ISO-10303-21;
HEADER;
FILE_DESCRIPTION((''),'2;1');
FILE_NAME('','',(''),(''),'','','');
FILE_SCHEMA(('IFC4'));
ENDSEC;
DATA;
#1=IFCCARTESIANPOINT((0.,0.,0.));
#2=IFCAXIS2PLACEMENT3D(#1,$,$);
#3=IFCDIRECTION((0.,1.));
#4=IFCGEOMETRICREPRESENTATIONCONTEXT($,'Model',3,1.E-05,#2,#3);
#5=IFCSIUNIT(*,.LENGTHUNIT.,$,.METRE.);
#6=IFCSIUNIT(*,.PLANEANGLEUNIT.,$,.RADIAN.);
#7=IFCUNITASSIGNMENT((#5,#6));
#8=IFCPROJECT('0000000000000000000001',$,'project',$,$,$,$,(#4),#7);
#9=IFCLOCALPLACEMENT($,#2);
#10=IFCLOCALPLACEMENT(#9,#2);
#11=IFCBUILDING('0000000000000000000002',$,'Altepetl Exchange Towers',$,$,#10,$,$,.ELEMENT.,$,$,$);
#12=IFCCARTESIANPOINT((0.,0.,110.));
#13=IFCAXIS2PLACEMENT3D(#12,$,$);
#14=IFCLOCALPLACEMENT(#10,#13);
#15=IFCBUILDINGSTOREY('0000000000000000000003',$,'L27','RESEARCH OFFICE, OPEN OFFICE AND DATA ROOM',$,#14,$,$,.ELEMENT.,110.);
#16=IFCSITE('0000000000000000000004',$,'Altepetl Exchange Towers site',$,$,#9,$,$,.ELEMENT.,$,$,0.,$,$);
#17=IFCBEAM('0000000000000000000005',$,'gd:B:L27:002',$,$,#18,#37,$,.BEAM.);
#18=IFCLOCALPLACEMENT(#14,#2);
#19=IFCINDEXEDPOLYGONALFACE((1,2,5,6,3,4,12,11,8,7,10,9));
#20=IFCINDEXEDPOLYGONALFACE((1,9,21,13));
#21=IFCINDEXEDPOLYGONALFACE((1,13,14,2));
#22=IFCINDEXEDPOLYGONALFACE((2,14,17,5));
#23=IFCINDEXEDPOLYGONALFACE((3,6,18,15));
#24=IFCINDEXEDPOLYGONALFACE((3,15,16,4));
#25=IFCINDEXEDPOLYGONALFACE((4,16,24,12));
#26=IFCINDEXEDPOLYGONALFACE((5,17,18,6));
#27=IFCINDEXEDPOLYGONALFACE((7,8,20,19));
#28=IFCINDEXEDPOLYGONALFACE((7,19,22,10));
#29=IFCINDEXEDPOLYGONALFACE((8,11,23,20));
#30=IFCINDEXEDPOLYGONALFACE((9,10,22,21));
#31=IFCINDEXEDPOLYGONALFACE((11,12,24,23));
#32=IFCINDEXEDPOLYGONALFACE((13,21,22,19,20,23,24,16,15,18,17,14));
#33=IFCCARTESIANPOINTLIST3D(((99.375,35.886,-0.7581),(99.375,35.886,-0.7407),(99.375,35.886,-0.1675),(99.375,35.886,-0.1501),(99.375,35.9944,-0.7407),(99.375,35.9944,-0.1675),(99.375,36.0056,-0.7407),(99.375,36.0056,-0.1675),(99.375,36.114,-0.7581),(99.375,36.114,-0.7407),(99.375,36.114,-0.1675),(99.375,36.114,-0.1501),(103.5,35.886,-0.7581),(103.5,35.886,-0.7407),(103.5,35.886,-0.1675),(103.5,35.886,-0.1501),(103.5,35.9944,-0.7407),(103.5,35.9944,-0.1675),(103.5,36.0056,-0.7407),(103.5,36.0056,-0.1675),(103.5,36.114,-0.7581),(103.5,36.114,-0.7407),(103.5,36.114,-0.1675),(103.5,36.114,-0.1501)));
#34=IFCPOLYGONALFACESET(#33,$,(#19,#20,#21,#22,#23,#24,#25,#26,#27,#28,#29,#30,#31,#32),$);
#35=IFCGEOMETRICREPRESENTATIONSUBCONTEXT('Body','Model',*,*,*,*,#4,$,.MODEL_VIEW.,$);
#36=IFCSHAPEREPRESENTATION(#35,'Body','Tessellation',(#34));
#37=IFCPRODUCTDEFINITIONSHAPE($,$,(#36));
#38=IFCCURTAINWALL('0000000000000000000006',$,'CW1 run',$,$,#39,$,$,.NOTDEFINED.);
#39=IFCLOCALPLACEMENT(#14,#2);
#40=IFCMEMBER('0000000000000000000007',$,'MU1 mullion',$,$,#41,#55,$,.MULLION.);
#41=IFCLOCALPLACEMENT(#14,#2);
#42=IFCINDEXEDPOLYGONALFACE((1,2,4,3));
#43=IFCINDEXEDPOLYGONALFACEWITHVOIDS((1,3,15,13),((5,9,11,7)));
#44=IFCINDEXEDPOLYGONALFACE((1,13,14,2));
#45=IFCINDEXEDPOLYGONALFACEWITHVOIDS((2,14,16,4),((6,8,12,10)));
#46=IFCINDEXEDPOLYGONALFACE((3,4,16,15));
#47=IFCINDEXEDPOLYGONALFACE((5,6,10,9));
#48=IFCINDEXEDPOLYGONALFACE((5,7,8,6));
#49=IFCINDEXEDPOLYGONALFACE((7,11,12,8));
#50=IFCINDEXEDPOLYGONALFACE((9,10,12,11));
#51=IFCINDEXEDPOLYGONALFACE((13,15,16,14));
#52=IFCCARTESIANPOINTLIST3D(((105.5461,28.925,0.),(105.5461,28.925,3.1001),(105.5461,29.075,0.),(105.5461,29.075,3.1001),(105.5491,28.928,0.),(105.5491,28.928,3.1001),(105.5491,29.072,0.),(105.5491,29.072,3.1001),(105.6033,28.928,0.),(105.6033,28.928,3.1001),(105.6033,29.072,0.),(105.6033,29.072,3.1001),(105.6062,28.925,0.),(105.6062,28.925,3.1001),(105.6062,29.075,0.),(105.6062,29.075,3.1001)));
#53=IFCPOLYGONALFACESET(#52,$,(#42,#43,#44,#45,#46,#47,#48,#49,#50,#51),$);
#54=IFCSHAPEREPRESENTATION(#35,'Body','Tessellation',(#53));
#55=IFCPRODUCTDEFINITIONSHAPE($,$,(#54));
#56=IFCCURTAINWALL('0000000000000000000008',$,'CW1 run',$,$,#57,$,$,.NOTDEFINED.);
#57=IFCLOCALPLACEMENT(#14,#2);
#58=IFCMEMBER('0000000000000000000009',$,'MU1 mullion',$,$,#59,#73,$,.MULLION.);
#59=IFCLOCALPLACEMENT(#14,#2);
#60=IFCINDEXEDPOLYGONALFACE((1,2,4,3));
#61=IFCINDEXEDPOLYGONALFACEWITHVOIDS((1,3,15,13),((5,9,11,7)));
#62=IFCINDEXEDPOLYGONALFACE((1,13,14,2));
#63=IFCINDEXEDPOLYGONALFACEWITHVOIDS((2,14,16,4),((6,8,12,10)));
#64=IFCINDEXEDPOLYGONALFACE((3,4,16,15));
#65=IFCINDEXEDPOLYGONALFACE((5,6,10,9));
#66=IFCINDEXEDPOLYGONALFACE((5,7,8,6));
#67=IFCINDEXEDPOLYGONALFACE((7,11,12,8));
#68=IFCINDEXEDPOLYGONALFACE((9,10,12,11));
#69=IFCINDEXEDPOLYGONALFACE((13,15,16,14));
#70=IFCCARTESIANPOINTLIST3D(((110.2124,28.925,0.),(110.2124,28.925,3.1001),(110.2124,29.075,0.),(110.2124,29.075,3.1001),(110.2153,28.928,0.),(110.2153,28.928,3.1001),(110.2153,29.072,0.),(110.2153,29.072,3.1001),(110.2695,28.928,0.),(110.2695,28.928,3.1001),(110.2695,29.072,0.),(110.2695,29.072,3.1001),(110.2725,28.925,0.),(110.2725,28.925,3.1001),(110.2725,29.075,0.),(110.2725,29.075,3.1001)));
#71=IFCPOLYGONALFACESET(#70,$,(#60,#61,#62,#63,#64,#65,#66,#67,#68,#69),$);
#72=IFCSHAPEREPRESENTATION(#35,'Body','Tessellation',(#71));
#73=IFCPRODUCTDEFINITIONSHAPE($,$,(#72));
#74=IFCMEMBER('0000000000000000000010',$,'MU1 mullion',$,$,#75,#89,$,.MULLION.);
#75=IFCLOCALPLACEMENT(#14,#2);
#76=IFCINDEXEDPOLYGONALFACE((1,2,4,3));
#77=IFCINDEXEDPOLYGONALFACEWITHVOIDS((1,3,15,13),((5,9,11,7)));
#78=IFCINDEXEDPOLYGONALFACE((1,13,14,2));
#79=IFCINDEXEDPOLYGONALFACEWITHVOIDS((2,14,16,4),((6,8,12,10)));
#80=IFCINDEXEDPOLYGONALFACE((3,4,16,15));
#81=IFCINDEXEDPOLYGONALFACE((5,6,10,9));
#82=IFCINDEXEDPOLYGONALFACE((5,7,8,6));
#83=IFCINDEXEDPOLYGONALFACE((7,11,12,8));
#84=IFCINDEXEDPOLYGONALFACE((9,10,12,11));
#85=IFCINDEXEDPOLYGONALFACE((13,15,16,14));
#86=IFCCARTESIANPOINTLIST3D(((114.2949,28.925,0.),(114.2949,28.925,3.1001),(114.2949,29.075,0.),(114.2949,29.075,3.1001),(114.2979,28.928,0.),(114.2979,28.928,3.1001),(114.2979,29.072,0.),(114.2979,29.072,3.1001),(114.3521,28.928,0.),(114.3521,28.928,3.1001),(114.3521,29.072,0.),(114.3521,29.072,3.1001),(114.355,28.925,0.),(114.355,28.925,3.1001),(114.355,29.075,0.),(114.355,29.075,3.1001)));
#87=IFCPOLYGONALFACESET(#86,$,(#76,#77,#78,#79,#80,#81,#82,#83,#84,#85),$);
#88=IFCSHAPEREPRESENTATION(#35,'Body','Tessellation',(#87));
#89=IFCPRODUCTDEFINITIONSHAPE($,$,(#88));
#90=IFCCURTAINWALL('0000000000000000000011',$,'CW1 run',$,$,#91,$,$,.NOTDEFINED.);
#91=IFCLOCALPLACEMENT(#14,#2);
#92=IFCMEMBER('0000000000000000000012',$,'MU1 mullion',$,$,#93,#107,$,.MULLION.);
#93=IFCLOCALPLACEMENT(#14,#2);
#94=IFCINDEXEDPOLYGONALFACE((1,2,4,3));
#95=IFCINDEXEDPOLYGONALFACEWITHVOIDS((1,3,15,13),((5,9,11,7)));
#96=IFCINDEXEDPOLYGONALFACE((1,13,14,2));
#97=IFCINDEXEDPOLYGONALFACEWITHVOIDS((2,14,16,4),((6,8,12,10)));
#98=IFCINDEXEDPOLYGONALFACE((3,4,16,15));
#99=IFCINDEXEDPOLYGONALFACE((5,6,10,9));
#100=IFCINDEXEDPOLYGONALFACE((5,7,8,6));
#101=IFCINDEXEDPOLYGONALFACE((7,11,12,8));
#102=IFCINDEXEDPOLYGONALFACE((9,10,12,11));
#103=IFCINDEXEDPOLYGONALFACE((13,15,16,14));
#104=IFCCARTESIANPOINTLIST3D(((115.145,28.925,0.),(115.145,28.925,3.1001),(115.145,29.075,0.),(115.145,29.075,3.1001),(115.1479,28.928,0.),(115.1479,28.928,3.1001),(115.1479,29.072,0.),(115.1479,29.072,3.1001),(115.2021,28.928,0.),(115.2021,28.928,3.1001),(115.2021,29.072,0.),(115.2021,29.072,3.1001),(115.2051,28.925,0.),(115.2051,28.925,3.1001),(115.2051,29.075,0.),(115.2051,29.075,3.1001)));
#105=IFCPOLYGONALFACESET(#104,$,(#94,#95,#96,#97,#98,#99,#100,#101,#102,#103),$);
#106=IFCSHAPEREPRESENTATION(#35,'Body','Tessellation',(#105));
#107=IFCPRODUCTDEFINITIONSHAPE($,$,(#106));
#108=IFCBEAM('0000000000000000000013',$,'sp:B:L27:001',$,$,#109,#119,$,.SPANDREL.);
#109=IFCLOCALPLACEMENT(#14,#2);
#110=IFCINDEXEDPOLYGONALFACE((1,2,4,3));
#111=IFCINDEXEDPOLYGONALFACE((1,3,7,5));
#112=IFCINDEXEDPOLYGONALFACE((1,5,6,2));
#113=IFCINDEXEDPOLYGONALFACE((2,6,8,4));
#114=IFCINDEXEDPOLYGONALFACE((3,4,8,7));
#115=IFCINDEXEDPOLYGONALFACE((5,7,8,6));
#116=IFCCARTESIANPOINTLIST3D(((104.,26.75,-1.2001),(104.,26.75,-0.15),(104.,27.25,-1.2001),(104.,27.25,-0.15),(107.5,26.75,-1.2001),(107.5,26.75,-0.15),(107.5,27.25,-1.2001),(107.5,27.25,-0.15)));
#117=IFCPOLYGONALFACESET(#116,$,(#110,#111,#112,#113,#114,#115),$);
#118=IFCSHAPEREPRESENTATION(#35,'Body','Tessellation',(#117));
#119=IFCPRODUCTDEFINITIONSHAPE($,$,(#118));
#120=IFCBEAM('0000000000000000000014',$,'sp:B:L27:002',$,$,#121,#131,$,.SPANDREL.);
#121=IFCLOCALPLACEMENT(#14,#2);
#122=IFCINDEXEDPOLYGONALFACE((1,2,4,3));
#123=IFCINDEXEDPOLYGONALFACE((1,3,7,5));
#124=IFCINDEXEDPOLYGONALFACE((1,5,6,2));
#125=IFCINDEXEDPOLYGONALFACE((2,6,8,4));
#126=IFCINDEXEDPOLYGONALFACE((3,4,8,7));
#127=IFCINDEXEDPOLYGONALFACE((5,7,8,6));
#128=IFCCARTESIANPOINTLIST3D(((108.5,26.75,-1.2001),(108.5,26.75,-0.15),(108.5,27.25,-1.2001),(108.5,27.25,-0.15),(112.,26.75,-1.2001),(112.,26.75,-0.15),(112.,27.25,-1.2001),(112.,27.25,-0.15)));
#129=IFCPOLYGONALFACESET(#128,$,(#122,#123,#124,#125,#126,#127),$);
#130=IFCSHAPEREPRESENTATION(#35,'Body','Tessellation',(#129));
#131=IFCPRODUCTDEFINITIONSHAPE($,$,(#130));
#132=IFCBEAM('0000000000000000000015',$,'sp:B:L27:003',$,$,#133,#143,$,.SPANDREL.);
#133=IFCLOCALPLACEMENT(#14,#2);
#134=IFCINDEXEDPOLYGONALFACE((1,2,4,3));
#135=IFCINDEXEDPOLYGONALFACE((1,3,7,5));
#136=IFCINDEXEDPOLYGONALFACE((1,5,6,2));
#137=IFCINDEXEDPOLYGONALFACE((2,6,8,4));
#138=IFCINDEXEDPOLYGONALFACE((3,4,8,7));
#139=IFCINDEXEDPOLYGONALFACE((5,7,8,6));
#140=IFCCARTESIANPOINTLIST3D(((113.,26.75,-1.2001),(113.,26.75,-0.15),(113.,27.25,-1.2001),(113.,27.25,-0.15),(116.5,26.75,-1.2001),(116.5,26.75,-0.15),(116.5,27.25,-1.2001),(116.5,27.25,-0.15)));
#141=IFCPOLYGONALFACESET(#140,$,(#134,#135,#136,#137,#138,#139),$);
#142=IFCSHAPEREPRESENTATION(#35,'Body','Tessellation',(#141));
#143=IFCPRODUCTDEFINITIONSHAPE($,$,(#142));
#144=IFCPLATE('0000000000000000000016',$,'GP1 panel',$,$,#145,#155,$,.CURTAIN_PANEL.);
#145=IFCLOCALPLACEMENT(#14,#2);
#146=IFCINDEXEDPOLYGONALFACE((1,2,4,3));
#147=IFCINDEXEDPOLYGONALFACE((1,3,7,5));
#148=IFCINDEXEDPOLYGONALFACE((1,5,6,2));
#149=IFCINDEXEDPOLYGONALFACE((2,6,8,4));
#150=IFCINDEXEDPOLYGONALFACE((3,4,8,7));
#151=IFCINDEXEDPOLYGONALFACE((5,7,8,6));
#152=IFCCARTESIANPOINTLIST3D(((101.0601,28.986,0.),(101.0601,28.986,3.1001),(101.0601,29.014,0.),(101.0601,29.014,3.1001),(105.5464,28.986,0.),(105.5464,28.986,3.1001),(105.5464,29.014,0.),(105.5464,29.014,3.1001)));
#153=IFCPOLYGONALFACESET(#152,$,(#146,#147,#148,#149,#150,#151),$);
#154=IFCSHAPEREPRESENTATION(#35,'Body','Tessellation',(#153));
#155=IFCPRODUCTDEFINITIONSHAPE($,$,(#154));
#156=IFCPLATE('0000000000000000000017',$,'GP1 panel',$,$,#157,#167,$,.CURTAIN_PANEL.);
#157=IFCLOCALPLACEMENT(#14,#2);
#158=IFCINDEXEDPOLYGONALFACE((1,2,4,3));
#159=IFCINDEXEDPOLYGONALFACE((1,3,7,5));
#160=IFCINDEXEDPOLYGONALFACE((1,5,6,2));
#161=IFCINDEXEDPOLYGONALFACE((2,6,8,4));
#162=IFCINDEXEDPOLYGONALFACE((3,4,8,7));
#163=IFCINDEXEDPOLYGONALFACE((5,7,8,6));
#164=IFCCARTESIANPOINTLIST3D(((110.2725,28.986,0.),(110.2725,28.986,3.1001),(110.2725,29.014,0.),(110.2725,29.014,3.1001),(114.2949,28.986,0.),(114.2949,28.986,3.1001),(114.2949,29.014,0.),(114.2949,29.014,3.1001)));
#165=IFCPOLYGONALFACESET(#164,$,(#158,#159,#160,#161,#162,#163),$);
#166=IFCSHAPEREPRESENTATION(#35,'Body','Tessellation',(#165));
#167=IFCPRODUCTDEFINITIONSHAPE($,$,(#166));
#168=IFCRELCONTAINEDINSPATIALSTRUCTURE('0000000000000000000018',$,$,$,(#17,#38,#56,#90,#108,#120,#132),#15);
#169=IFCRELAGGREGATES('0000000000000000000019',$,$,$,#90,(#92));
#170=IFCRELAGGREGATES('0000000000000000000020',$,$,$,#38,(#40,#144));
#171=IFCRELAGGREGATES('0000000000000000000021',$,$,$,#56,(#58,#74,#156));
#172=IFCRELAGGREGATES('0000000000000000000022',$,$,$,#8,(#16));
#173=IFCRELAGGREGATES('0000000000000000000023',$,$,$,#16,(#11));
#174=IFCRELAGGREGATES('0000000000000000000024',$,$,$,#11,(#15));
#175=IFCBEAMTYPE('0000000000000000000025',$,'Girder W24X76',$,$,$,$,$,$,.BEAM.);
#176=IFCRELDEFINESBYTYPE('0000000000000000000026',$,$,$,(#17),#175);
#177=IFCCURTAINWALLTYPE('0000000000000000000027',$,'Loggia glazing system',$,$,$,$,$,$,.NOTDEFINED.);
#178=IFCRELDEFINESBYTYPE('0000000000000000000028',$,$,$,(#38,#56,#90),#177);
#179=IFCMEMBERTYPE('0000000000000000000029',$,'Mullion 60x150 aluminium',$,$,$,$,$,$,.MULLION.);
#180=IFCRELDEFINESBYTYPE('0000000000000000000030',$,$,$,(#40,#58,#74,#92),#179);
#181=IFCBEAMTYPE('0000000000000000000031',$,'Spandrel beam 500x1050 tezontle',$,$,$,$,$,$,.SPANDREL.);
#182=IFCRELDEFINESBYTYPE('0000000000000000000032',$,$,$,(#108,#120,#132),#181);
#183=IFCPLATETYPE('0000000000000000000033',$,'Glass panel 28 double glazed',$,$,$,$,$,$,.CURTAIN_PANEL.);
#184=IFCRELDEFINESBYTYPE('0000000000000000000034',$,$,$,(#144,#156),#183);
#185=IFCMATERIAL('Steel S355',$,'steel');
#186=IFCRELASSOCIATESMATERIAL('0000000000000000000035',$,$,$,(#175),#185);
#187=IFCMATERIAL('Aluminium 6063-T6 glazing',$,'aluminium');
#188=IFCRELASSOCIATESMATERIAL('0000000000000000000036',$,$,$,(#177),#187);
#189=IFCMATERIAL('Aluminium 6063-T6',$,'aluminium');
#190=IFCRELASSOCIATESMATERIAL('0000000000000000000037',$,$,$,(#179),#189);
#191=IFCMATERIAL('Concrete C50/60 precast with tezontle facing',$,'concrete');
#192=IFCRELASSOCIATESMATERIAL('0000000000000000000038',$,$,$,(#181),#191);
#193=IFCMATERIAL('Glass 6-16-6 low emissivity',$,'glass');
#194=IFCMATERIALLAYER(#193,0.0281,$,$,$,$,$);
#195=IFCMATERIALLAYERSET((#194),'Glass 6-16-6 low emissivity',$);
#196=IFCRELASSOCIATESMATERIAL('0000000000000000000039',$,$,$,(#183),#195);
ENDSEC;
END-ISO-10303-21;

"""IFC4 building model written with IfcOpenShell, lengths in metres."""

from ifc_helpers import new_model, si_unit, direction, frame, origin, origin_2d, place, context, subcontext, project, spatial, rectangle, hollow_rectangle, i_section, extrude, material, layer, layer_set, material_profile, profile_set, type_object, element, aggregate, save


model = new_model("IFC4")

# Units and contexts
model_context = context("Model", 3, precision=1e-05, world=origin(), true_north=direction((0.0, 1.0)))
body_context = subcontext(model_context, "Body", "Model", "MODEL_VIEW")
ifc_project = project(units=[si_unit("LENGTHUNIT", "METRE"), si_unit("PLANEANGLEUNIT", "RADIAN")], contexts=[model_context])

# Site, building, storey
site_placement = place(None, origin())
site = spatial("IfcSite", under=ifc_project, at=site_placement, Name="Altepetl Exchange Towers site", CompositionType="ELEMENT", RefElevation=0.0)
building_placement = place(site_placement, origin())
building = spatial("IfcBuilding", under=site, at=building_placement, Name="Altepetl Exchange Towers", CompositionType="ELEMENT")
storey_placement = place(building_placement, frame((0.0, 0.0, 110.0)))
storey = spatial("IfcBuildingStorey", under=building, at=storey_placement, Name="L27", Description="RESEARCH OFFICE, OPEN OFFICE AND DATA ROOM", CompositionType="ELEMENT", Elevation=110.0)

# Beam
ifc_material_1 = material(Name="Steel S355", Category="steel")
ifc_material_profile_1 = material_profile(ifc_material_1, i_section(OverallWidth=0.228, OverallDepth=0.6079, WebThickness=0.0112, FlangeThickness=0.0173, at=origin_2d()), Name="W24X76")
ifc_profile_set_1 = profile_set([ifc_material_profile_1], Name="Steel S355")
beam_type_1 = type_object("IfcBeamType", Name="Girder W24X76", PredefinedType="BEAM", material=ifc_profile_set_1)
beam_1_placement = place(storey_placement, frame((103.5, 36.0, -0.4541), z_axis=(-1.0, 0.0, 0.0), x_axis=(0.0, -1.0, 0.0)))
element("IfcBeam", 1, at=beam_1_placement, inside=storey, type_object=beam_type_1, Name="gd:B:L27:002", PredefinedType="BEAM", context=body_context, shape_type="SweptSolid", body=[
    extrude(i_section(OverallWidth=0.228, OverallDepth=0.6079, WebThickness=0.0112, FlangeThickness=0.0173, at=origin_2d()), origin(), (0.0, 0.0, 1.0), 4.125),
])

# Curtain wall, member
ifc_material_2 = material(Name="Aluminium 6063-T6 glazing", Category="aluminium")
curtain_wall_type = type_object("IfcCurtainWallType", Name="Loggia glazing system", PredefinedType="NOTDEFINED", material=ifc_material_2)
curtain_wall_1_placement = place(storey_placement, origin())
curtain_wall_1 = element("IfcCurtainWall", 2, at=curtain_wall_1_placement, inside=storey, type_object=curtain_wall_type, Name="CW1 run", PredefinedType="NOTDEFINED")
ifc_material_3 = material(Name="Aluminium 6063-T6", Category="aluminium")
ifc_material_profile_2 = material_profile(ifc_material_3, hollow_rectangle(XDim=0.0601, YDim=0.1499, WallThickness=0.0029, at=origin_2d()), Name="Mullion 60x150 aluminium")
ifc_profile_set_2 = profile_set([ifc_material_profile_2], Name="Aluminium 6063-T6")
member_type = type_object("IfcMemberType", Name="Mullion 60x150 aluminium", PredefinedType="MULLION", material=ifc_profile_set_2)
member_1_placement = place(storey_placement, frame((105.5762, 29.0, 0.0)))
member_1 = element("IfcMember", 3, at=member_1_placement, type_object=member_type, Name="MU1 mullion", PredefinedType="MULLION", context=body_context, shape_type="SweptSolid", body=[
    extrude(hollow_rectangle(XDim=0.0601, YDim=0.1499, WallThickness=0.0029, at=origin_2d()), origin(), (0.0, 0.0, 1.0), 3.1001),
])

# Curtain wall, members
curtain_wall_2_placement = place(storey_placement, origin())
curtain_wall_2 = element("IfcCurtainWall", 4, at=curtain_wall_2_placement, inside=storey, type_object=curtain_wall_type, Name="CW1 run", PredefinedType="NOTDEFINED")
member_2_placement = place(storey_placement, frame((110.2424, 29.0, 0.0)))
member_2 = element("IfcMember", 5, at=member_2_placement, type_object=member_type, Name="MU1 mullion", PredefinedType="MULLION", context=body_context, shape_type="SweptSolid", body=[
    extrude(hollow_rectangle(XDim=0.0601, YDim=0.1499, WallThickness=0.0029, at=origin_2d()), origin(), (0.0, 0.0, 1.0), 3.1001),
])
member_3_placement = place(storey_placement, frame((114.325, 29.0, 0.0)))
member_3 = element("IfcMember", 6, at=member_3_placement, type_object=member_type, Name="MU1 mullion", PredefinedType="MULLION", context=body_context, shape_type="SweptSolid", body=[
    extrude(hollow_rectangle(XDim=0.0601, YDim=0.1499, WallThickness=0.0029, at=origin_2d()), origin(), (0.0, 0.0, 1.0), 3.1001),
])

# Curtain wall, member
curtain_wall_3_placement = place(storey_placement, origin())
curtain_wall_3 = element("IfcCurtainWall", 7, at=curtain_wall_3_placement, inside=storey, type_object=curtain_wall_type, Name="CW1 run", PredefinedType="NOTDEFINED")
member_4_placement = place(storey_placement, frame((115.175, 29.0, 0.0)))
member_4 = element("IfcMember", 8, at=member_4_placement, type_object=member_type, Name="MU1 mullion", PredefinedType="MULLION", context=body_context, shape_type="SweptSolid", body=[
    extrude(hollow_rectangle(XDim=0.0601, YDim=0.1499, WallThickness=0.0029, at=origin_2d()), origin(), (0.0, 0.0, 1.0), 3.1001),
])
aggregate(curtain_wall_3, [member_4])

# Beams
ifc_material_4 = material(Name="Concrete C50/60 precast with tezontle facing", Category="concrete")
ifc_material_profile_3 = material_profile(ifc_material_4, rectangle(XDim=0.5, YDim=1.05, at=origin_2d()), Name="500 x 1050")
ifc_profile_set_3 = profile_set([ifc_material_profile_3], Name="Concrete C50/60 precast with tezontle facing")
beam_type_2 = type_object("IfcBeamType", Name="Spandrel beam 500x1050 tezontle", PredefinedType="SPANDREL", material=ifc_profile_set_3)
for number, where, z_axis, x_axis, name in (
    (9, (104.0, 27.0, -0.675), (1.0, 0.0, 0.0), (0.0, 1.0, 0.0), "sp:B:L27:001"),
    (10, (108.5, 27.0, -0.675), (1.0, 0.0, 0.0), (0.0, 1.0, 0.0), "sp:B:L27:002"),
    (11, (113.0, 27.0, -0.675), (1.0, 0.0, 0.0), (0.0, 1.0, 0.0), "sp:B:L27:003"),
):
    element("IfcBeam", number, at=place(storey_placement, frame(where, z_axis=z_axis, x_axis=x_axis)), inside=storey, type_object=beam_type_2, Name=name, PredefinedType="SPANDREL", context=body_context, shape_type="SweptSolid", body=[
        extrude(rectangle(XDim=0.5, YDim=1.05, at=origin_2d()), origin(), (0.0, 0.0, 1.0), 3.5),
    ])

# Plates
ifc_material_5 = material(Name="Glass 6-16-6 low emissivity", Category="glass")
ifc_layer_1 = layer(ifc_material_5, 0.0281)
ifc_layer_set_1 = layer_set([ifc_layer_1], Name="Glass 6-16-6 low emissivity")
plate_type = type_object("IfcPlateType", Name="Glass panel 28 double glazed", PredefinedType="CURTAIN_PANEL", material=ifc_layer_set_1)
plate_1_placement = place(storey_placement, frame((103.3032, 29.0, 0.0)))
plate_1 = element("IfcPlate", 12, at=plate_1_placement, type_object=plate_type, Name="GP1 panel", PredefinedType="CURTAIN_PANEL", context=body_context, shape_type="SweptSolid", body=[
    extrude(rectangle(XDim=4.4863, YDim=0.0281, at=origin_2d()), origin(), (0.0, 0.0, 1.0), 3.1001),
])
aggregate(curtain_wall_1, [member_1, plate_1])
plate_2_placement = place(storey_placement, frame((112.2837, 29.0, 0.0)))
plate_2 = element("IfcPlate", 13, at=plate_2_placement, type_object=plate_type, Name="GP1 panel", PredefinedType="CURTAIN_PANEL", context=body_context, shape_type="SweptSolid", body=[
    extrude(rectangle(XDim=4.0225, YDim=0.0281, at=origin_2d()), origin(), (0.0, 0.0, 1.0), 3.1001),
])
aggregate(curtain_wall_2, [member_2, member_3, plate_2])

save(model, "model.ifc")
